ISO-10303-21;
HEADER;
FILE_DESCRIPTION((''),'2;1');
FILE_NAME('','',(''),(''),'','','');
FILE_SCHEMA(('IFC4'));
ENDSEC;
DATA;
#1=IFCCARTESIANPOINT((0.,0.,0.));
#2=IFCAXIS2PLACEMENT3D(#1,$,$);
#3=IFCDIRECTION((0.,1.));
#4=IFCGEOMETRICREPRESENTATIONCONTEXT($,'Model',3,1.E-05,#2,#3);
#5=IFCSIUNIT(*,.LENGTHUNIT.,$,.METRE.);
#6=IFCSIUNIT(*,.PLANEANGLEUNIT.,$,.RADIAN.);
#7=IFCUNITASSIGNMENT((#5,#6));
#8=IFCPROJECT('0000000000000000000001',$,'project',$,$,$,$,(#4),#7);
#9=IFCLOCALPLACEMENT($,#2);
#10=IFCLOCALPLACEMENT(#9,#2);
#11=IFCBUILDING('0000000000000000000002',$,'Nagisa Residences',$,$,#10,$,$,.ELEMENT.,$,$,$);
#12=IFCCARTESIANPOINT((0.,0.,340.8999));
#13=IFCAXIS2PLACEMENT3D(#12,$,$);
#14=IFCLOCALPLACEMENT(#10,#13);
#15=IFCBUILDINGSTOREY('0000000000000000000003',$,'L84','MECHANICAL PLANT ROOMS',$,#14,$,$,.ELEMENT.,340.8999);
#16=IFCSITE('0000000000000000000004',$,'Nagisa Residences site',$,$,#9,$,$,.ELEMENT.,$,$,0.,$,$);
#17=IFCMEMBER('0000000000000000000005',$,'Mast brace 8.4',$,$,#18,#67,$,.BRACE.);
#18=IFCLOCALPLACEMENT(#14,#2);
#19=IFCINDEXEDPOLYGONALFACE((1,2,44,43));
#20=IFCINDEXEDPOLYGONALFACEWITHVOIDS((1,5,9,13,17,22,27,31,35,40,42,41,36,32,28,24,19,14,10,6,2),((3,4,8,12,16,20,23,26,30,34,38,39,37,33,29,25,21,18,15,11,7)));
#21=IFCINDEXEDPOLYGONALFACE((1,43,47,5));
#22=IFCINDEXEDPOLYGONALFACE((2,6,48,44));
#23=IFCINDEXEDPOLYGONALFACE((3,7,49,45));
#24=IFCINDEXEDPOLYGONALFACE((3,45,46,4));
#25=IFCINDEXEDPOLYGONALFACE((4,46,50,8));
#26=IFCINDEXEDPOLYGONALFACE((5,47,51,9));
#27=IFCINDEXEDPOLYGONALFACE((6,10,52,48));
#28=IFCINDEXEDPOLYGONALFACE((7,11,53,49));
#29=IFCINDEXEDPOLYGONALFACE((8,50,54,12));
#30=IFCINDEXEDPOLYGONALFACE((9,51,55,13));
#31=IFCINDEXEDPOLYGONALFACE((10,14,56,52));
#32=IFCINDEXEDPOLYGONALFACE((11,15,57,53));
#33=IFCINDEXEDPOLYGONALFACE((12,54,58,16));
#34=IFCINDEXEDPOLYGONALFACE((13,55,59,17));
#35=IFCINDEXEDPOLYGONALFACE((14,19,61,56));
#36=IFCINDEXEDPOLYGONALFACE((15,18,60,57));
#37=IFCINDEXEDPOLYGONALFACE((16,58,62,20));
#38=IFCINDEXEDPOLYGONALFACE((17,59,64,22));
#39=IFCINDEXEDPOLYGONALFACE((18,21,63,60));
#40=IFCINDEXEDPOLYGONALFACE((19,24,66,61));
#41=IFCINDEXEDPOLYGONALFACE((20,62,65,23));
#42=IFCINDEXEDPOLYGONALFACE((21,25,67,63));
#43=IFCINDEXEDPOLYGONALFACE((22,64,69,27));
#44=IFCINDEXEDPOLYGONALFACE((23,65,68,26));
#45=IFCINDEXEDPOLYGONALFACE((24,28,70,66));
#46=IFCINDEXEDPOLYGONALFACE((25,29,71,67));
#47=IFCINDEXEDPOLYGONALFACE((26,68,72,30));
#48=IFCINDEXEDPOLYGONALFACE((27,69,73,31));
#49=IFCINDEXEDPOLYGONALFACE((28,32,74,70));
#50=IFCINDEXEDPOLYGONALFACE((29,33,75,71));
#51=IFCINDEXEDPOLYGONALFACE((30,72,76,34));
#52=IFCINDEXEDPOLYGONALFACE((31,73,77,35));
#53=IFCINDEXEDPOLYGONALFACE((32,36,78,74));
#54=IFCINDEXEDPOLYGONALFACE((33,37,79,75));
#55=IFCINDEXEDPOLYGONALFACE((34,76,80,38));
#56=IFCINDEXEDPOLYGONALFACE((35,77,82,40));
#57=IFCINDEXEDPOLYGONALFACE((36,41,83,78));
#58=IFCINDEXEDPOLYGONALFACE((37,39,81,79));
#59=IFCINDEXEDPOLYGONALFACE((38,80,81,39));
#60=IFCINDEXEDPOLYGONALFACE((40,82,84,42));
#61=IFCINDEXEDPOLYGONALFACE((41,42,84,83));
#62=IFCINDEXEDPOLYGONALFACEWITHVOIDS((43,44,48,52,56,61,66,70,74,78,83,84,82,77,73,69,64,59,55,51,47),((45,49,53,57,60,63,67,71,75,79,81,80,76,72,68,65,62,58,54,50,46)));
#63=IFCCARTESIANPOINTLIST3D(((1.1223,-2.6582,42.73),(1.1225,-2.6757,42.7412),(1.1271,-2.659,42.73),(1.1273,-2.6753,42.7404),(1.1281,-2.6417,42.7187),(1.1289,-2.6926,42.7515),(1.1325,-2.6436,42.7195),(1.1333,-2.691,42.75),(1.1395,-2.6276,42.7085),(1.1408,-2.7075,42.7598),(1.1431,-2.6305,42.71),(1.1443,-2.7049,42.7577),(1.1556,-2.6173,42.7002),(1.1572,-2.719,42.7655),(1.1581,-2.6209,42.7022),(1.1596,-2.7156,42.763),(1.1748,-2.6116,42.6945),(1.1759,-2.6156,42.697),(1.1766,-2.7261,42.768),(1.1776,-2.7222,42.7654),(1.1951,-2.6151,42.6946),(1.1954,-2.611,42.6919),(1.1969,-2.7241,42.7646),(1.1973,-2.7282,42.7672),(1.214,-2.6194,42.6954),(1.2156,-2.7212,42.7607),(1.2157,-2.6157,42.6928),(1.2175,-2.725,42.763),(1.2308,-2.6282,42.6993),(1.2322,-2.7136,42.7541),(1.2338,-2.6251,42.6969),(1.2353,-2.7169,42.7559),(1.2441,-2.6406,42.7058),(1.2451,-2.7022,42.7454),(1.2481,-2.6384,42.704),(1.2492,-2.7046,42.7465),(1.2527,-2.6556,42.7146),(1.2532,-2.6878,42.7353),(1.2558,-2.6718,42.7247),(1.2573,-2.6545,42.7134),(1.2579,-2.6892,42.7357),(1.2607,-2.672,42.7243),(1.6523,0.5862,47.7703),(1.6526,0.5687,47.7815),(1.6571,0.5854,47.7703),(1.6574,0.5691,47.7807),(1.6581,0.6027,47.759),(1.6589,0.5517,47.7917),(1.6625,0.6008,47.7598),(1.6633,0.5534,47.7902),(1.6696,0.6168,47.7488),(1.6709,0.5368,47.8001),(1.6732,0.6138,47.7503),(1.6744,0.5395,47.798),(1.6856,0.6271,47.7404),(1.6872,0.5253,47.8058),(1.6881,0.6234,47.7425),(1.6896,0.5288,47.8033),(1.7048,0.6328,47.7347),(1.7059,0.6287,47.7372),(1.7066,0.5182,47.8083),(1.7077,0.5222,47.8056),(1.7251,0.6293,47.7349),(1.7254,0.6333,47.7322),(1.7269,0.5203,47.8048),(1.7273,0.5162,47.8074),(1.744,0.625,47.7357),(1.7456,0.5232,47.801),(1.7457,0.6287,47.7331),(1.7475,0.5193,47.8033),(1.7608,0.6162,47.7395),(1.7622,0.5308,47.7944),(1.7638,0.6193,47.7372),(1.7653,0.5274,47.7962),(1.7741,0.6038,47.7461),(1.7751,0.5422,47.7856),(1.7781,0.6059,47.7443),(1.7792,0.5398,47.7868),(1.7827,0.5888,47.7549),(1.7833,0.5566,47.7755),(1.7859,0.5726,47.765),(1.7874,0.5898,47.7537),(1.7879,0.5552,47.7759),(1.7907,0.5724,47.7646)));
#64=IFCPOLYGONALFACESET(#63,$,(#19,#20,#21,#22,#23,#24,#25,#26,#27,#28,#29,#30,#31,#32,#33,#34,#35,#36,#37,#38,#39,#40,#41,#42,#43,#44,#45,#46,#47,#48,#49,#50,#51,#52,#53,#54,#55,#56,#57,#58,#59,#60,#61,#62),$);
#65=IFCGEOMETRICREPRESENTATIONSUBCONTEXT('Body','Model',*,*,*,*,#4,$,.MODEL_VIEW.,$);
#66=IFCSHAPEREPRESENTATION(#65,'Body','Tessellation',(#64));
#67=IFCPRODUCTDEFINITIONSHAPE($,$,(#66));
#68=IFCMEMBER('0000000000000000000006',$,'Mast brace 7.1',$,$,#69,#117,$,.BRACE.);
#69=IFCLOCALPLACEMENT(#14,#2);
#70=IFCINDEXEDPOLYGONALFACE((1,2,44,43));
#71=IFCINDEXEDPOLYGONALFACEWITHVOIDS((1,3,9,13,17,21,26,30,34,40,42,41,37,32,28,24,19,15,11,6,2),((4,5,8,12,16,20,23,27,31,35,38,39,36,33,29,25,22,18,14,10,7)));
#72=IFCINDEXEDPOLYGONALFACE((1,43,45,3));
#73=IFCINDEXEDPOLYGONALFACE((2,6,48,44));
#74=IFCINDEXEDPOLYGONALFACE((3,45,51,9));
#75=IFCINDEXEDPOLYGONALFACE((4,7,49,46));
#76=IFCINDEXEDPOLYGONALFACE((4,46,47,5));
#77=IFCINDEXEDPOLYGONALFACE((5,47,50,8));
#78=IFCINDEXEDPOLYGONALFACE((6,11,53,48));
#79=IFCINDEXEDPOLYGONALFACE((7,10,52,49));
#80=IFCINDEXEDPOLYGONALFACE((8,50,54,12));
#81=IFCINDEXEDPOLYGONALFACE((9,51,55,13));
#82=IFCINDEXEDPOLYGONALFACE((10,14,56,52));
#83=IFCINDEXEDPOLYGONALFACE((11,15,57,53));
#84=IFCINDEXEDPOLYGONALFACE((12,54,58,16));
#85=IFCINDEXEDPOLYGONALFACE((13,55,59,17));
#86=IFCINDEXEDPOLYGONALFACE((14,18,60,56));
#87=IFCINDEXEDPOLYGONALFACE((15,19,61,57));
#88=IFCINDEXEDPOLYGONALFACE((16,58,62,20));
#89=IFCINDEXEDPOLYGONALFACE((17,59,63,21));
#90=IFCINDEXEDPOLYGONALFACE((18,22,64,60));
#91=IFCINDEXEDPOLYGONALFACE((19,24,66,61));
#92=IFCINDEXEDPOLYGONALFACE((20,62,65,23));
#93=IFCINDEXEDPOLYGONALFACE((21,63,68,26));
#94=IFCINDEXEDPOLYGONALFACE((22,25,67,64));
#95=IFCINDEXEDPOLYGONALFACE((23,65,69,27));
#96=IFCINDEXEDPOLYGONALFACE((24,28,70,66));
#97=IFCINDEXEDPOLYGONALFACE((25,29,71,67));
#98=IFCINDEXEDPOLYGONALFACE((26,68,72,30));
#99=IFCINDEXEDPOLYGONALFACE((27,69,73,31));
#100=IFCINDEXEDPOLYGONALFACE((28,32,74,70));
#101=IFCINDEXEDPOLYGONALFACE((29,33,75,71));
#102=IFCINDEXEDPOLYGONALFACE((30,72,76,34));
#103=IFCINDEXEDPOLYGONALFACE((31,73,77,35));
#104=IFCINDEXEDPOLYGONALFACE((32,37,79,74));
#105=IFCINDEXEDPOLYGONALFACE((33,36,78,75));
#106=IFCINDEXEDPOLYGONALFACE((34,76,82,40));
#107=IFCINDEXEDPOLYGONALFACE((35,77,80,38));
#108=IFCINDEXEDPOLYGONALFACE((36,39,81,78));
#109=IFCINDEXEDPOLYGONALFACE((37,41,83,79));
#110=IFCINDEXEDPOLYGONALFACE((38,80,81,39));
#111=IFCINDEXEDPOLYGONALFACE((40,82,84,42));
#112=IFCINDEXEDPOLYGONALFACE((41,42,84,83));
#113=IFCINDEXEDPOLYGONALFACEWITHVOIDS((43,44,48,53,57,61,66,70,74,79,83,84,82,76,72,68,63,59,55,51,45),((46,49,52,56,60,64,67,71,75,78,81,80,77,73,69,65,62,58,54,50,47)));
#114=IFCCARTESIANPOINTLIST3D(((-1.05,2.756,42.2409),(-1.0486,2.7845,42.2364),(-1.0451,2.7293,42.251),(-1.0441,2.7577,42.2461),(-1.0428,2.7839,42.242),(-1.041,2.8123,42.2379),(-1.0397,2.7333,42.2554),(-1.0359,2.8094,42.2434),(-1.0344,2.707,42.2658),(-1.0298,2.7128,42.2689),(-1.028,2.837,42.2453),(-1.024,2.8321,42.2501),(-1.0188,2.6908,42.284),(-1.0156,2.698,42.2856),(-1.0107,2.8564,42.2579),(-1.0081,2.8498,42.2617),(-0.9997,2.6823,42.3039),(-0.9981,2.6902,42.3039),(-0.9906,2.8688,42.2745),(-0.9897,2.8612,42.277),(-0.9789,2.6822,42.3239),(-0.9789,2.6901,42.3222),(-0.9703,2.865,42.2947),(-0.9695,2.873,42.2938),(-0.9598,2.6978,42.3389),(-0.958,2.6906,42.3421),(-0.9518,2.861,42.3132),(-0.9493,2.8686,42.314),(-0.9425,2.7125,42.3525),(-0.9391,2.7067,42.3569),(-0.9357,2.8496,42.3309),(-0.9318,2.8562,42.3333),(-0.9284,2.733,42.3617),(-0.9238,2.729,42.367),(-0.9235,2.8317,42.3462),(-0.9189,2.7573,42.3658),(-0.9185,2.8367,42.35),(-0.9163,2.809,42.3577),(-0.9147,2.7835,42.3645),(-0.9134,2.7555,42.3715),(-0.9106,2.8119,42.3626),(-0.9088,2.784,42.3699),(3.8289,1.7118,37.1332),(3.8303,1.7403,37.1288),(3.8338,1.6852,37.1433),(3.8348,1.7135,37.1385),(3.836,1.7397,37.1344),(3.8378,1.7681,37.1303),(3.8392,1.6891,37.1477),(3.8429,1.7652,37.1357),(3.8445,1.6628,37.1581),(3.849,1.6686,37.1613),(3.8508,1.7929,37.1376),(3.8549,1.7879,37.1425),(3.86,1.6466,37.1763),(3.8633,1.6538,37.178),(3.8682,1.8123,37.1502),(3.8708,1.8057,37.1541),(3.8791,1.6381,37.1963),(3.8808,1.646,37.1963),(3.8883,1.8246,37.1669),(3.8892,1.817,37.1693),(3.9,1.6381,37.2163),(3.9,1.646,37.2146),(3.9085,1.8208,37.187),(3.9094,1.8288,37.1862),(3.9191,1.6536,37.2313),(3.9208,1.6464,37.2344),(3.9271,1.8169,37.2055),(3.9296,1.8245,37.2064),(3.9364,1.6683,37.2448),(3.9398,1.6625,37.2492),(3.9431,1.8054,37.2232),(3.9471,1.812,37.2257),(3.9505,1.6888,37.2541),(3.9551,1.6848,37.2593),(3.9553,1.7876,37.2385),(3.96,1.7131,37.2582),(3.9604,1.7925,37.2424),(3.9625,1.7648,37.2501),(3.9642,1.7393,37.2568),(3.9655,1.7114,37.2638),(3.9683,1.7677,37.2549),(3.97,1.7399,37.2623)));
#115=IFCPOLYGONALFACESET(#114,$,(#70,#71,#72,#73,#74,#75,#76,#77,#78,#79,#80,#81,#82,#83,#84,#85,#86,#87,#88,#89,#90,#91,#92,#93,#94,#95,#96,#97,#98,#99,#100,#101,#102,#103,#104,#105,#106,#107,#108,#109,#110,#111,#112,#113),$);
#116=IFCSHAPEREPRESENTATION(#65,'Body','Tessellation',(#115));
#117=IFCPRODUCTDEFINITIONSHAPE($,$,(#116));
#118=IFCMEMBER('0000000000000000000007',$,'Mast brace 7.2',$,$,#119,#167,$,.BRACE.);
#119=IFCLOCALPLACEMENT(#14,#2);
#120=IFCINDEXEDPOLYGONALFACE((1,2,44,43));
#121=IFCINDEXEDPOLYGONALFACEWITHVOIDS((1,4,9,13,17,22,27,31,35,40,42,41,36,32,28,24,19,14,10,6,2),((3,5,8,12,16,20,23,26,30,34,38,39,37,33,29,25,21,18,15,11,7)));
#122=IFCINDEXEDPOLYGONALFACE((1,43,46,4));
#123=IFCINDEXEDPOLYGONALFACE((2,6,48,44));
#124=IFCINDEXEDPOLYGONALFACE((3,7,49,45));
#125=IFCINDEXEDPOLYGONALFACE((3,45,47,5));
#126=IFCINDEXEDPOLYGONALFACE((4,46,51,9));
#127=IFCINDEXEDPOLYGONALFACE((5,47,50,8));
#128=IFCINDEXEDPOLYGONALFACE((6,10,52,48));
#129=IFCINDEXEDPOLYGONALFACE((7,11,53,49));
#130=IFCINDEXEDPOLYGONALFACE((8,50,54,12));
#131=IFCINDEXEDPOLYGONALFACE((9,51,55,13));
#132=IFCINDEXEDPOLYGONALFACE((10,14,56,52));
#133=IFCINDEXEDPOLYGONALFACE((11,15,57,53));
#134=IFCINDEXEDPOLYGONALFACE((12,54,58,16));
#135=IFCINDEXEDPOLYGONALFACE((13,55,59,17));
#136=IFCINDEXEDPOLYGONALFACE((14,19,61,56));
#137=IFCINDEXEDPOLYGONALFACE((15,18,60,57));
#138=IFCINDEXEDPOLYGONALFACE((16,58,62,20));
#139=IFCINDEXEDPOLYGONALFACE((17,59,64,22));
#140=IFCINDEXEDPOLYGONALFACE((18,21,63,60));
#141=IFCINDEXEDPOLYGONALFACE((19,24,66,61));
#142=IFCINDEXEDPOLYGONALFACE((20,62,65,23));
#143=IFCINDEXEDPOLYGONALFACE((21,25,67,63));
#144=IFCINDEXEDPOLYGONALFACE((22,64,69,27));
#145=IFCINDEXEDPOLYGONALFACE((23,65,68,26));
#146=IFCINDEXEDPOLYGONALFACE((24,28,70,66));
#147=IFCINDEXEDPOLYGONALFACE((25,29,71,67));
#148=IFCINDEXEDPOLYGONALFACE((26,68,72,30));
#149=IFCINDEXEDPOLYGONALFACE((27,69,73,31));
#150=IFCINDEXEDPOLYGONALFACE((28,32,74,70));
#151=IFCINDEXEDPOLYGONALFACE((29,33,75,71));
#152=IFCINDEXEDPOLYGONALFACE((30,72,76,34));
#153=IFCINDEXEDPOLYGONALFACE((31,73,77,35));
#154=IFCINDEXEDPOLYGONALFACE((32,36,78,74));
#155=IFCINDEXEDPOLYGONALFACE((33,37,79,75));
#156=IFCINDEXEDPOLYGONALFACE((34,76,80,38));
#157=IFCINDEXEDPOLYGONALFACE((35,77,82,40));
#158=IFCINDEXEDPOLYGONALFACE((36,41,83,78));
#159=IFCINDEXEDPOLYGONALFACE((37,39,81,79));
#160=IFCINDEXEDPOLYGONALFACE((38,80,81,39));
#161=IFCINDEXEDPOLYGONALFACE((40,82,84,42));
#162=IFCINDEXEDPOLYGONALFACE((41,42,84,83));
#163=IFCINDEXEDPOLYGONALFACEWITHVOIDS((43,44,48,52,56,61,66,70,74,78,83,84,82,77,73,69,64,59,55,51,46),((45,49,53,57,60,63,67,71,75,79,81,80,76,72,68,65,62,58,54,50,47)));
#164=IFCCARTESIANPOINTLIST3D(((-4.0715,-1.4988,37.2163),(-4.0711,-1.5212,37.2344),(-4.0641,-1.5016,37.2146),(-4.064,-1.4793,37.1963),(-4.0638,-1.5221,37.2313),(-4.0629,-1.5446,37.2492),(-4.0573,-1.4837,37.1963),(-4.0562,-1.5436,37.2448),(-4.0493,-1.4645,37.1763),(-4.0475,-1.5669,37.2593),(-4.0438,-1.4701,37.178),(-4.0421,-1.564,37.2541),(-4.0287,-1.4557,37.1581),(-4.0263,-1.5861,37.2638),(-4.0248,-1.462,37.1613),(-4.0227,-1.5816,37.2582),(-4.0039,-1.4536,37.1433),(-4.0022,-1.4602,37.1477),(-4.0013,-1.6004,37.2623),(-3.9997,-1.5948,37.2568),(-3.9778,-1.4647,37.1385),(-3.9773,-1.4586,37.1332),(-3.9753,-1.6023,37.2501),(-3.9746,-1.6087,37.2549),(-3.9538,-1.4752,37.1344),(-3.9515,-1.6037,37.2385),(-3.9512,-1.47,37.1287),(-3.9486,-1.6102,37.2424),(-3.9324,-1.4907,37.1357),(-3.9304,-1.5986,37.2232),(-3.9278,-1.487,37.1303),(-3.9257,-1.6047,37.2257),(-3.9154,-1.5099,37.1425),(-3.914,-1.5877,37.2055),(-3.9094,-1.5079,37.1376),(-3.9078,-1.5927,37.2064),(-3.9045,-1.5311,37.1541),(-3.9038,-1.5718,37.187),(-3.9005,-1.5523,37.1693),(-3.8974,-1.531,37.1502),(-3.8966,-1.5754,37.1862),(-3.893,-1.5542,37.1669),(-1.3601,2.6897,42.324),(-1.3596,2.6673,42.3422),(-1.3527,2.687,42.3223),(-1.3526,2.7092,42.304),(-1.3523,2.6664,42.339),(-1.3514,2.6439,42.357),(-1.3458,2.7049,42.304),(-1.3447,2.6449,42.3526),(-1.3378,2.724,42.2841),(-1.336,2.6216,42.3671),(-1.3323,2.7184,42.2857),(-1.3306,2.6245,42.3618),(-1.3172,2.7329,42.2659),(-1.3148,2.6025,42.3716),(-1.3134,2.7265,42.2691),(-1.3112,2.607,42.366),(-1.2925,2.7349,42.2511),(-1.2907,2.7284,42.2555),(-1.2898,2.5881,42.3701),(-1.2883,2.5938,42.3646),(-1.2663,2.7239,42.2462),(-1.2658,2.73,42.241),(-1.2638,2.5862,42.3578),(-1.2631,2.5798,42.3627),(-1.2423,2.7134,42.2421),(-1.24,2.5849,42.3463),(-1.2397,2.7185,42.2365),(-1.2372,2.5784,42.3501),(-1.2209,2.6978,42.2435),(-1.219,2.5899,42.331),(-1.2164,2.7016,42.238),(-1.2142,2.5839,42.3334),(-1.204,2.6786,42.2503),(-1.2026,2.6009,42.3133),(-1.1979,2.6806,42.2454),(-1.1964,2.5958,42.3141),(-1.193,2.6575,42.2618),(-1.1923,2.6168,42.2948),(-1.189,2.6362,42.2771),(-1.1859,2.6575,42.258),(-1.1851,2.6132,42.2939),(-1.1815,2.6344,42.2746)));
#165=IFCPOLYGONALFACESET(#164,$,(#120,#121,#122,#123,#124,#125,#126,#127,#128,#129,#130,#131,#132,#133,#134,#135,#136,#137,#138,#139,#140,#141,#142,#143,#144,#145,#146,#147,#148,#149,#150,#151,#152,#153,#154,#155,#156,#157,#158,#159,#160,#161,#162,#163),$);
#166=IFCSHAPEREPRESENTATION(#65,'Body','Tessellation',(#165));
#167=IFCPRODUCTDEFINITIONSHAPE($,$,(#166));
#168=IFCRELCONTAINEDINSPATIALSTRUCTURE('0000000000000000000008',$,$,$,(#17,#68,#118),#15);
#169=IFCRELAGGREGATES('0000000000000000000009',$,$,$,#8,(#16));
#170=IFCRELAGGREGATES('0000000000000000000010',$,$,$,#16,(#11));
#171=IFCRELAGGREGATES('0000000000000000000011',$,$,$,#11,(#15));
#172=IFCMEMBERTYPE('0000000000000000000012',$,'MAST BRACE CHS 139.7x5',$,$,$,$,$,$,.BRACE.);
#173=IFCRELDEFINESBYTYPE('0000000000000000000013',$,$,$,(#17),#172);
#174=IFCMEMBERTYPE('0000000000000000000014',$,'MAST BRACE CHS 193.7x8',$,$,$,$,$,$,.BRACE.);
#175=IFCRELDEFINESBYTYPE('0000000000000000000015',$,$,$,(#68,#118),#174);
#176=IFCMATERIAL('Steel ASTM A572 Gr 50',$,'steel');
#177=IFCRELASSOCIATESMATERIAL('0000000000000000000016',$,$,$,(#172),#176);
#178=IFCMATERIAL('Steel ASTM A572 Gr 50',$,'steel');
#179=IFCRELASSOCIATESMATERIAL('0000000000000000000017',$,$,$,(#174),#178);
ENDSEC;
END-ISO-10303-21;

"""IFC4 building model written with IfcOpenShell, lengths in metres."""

from ifc_helpers import new_model, si_unit, direction, frame, origin, origin_2d, place, context, subcontext, project, spatial, hollow_circle, extrude, material, material_profile, profile_set, type_object, element, save


model = new_model("IFC4")

# Units and contexts
model_context = context("Model", 3, precision=1e-05, world=origin(), true_north=direction((0.0, 1.0)))
body_context = subcontext(model_context, "Body", "Model", "MODEL_VIEW")
ifc_project = project(units=[si_unit("LENGTHUNIT", "METRE"), si_unit("PLANEANGLEUNIT", "RADIAN")], contexts=[model_context])

# Site, building, storey
site_placement = place(None, origin())
site = spatial("IfcSite", under=ifc_project, at=site_placement, Name="Nagisa Residences site", CompositionType="ELEMENT", RefElevation=0.0)
building_placement = place(site_placement, origin())
building = spatial("IfcBuilding", under=site, at=building_placement, Name="Nagisa Residences", CompositionType="ELEMENT")
storey_placement = place(building_placement, frame((0.0, 0.0, 340.8999)))
storey = spatial("IfcBuildingStorey", under=building, at=storey_placement, Name="L84", Description="MECHANICAL PLANT ROOMS", CompositionType="ELEMENT", Elevation=340.8999)

# Members
ifc_material_1 = material(Name="Steel ASTM A572 Gr 50", Category="steel")
ifc_material_profile_1 = material_profile(ifc_material_1, hollow_circle(Radius=0.0698, WallThickness=0.0049, at=origin_2d()), Name="MAST BRACE CHS 139.7x5")
ifc_profile_set_1 = profile_set([ifc_material_profile_1], Name="Steel ASTM A572 Gr 50")
member_type_1 = type_object("IfcMemberType", Name="MAST BRACE CHS 139.7x5", PredefinedType="BRACE", material=ifc_profile_set_1)
for number, where, z_axis, x_axis, name in (
    (1, (1.1912, -2.6694, 42.73), (0.08808, 0.53915, 0.837591), (-0.986917, 0.161231, 0.0), "Mast brace 8.4"),
):
    element("IfcMember", number, at=place(storey_placement, frame(where, z_axis=z_axis, x_axis=x_axis)), inside=storey, type_object=member_type_1, Name=name, PredefinedType="BRACE", context=body_context, shape_type="SweptSolid", body=[
        extrude(hollow_circle(Radius=0.0698, WallThickness=0.0049, at=origin_2d()), origin(), (0.0, 0.0, 1.0), 6.0176),
    ])
ifc_material_2 = material(Name="Steel ASTM A572 Gr 50", Category="steel")
ifc_material_profile_2 = material_profile(ifc_material_2, hollow_circle(Radius=0.0969, WallThickness=0.0081, at=origin_2d()), Name="MAST BRACE CHS 193.7x8")
ifc_profile_set_2 = profile_set([ifc_material_profile_2], Name="Steel ASTM A572 Gr 50")
member_type_2 = type_object("IfcMemberType", Name="MAST BRACE CHS 193.7x8", PredefinedType="BRACE", material=ifc_profile_set_2)
member_1_placement = place(storey_placement, frame((3.8994, 1.7329, 37.1963), z_axis=(-0.683302, 0.146241, 0.71534), x_axis=(-0.209282, -0.977855, 0.0)))
element("IfcMember", 2, at=member_1_placement, inside=storey, type_object=member_type_2, Name="Mast brace 7.1", PredefinedType="BRACE", context=body_context, shape_type="SweptSolid", body=[
    extrude(hollow_circle(Radius=0.0969, WallThickness=0.0081, at=origin_2d()), origin(), (0.0, 0.0, 1.0), 7.1401),
])
member_2_placement = place(storey_placement, frame((-3.9827, -1.532, 37.1963), z_axis=(0.379737, 0.586599, 0.715333), x_axis=(-0.839457, 0.543426, 0.0)))
element("IfcMember", 3, at=member_2_placement, inside=storey, type_object=member_type_2, Name="Mast brace 7.2", PredefinedType="BRACE", context=body_context, shape_type="SweptSolid", body=[
    extrude(hollow_circle(Radius=0.0969, WallThickness=0.0081, at=origin_2d()), origin(), (0.0, 0.0, 1.0), 7.1404),
])

save(model, "model.ifc")
